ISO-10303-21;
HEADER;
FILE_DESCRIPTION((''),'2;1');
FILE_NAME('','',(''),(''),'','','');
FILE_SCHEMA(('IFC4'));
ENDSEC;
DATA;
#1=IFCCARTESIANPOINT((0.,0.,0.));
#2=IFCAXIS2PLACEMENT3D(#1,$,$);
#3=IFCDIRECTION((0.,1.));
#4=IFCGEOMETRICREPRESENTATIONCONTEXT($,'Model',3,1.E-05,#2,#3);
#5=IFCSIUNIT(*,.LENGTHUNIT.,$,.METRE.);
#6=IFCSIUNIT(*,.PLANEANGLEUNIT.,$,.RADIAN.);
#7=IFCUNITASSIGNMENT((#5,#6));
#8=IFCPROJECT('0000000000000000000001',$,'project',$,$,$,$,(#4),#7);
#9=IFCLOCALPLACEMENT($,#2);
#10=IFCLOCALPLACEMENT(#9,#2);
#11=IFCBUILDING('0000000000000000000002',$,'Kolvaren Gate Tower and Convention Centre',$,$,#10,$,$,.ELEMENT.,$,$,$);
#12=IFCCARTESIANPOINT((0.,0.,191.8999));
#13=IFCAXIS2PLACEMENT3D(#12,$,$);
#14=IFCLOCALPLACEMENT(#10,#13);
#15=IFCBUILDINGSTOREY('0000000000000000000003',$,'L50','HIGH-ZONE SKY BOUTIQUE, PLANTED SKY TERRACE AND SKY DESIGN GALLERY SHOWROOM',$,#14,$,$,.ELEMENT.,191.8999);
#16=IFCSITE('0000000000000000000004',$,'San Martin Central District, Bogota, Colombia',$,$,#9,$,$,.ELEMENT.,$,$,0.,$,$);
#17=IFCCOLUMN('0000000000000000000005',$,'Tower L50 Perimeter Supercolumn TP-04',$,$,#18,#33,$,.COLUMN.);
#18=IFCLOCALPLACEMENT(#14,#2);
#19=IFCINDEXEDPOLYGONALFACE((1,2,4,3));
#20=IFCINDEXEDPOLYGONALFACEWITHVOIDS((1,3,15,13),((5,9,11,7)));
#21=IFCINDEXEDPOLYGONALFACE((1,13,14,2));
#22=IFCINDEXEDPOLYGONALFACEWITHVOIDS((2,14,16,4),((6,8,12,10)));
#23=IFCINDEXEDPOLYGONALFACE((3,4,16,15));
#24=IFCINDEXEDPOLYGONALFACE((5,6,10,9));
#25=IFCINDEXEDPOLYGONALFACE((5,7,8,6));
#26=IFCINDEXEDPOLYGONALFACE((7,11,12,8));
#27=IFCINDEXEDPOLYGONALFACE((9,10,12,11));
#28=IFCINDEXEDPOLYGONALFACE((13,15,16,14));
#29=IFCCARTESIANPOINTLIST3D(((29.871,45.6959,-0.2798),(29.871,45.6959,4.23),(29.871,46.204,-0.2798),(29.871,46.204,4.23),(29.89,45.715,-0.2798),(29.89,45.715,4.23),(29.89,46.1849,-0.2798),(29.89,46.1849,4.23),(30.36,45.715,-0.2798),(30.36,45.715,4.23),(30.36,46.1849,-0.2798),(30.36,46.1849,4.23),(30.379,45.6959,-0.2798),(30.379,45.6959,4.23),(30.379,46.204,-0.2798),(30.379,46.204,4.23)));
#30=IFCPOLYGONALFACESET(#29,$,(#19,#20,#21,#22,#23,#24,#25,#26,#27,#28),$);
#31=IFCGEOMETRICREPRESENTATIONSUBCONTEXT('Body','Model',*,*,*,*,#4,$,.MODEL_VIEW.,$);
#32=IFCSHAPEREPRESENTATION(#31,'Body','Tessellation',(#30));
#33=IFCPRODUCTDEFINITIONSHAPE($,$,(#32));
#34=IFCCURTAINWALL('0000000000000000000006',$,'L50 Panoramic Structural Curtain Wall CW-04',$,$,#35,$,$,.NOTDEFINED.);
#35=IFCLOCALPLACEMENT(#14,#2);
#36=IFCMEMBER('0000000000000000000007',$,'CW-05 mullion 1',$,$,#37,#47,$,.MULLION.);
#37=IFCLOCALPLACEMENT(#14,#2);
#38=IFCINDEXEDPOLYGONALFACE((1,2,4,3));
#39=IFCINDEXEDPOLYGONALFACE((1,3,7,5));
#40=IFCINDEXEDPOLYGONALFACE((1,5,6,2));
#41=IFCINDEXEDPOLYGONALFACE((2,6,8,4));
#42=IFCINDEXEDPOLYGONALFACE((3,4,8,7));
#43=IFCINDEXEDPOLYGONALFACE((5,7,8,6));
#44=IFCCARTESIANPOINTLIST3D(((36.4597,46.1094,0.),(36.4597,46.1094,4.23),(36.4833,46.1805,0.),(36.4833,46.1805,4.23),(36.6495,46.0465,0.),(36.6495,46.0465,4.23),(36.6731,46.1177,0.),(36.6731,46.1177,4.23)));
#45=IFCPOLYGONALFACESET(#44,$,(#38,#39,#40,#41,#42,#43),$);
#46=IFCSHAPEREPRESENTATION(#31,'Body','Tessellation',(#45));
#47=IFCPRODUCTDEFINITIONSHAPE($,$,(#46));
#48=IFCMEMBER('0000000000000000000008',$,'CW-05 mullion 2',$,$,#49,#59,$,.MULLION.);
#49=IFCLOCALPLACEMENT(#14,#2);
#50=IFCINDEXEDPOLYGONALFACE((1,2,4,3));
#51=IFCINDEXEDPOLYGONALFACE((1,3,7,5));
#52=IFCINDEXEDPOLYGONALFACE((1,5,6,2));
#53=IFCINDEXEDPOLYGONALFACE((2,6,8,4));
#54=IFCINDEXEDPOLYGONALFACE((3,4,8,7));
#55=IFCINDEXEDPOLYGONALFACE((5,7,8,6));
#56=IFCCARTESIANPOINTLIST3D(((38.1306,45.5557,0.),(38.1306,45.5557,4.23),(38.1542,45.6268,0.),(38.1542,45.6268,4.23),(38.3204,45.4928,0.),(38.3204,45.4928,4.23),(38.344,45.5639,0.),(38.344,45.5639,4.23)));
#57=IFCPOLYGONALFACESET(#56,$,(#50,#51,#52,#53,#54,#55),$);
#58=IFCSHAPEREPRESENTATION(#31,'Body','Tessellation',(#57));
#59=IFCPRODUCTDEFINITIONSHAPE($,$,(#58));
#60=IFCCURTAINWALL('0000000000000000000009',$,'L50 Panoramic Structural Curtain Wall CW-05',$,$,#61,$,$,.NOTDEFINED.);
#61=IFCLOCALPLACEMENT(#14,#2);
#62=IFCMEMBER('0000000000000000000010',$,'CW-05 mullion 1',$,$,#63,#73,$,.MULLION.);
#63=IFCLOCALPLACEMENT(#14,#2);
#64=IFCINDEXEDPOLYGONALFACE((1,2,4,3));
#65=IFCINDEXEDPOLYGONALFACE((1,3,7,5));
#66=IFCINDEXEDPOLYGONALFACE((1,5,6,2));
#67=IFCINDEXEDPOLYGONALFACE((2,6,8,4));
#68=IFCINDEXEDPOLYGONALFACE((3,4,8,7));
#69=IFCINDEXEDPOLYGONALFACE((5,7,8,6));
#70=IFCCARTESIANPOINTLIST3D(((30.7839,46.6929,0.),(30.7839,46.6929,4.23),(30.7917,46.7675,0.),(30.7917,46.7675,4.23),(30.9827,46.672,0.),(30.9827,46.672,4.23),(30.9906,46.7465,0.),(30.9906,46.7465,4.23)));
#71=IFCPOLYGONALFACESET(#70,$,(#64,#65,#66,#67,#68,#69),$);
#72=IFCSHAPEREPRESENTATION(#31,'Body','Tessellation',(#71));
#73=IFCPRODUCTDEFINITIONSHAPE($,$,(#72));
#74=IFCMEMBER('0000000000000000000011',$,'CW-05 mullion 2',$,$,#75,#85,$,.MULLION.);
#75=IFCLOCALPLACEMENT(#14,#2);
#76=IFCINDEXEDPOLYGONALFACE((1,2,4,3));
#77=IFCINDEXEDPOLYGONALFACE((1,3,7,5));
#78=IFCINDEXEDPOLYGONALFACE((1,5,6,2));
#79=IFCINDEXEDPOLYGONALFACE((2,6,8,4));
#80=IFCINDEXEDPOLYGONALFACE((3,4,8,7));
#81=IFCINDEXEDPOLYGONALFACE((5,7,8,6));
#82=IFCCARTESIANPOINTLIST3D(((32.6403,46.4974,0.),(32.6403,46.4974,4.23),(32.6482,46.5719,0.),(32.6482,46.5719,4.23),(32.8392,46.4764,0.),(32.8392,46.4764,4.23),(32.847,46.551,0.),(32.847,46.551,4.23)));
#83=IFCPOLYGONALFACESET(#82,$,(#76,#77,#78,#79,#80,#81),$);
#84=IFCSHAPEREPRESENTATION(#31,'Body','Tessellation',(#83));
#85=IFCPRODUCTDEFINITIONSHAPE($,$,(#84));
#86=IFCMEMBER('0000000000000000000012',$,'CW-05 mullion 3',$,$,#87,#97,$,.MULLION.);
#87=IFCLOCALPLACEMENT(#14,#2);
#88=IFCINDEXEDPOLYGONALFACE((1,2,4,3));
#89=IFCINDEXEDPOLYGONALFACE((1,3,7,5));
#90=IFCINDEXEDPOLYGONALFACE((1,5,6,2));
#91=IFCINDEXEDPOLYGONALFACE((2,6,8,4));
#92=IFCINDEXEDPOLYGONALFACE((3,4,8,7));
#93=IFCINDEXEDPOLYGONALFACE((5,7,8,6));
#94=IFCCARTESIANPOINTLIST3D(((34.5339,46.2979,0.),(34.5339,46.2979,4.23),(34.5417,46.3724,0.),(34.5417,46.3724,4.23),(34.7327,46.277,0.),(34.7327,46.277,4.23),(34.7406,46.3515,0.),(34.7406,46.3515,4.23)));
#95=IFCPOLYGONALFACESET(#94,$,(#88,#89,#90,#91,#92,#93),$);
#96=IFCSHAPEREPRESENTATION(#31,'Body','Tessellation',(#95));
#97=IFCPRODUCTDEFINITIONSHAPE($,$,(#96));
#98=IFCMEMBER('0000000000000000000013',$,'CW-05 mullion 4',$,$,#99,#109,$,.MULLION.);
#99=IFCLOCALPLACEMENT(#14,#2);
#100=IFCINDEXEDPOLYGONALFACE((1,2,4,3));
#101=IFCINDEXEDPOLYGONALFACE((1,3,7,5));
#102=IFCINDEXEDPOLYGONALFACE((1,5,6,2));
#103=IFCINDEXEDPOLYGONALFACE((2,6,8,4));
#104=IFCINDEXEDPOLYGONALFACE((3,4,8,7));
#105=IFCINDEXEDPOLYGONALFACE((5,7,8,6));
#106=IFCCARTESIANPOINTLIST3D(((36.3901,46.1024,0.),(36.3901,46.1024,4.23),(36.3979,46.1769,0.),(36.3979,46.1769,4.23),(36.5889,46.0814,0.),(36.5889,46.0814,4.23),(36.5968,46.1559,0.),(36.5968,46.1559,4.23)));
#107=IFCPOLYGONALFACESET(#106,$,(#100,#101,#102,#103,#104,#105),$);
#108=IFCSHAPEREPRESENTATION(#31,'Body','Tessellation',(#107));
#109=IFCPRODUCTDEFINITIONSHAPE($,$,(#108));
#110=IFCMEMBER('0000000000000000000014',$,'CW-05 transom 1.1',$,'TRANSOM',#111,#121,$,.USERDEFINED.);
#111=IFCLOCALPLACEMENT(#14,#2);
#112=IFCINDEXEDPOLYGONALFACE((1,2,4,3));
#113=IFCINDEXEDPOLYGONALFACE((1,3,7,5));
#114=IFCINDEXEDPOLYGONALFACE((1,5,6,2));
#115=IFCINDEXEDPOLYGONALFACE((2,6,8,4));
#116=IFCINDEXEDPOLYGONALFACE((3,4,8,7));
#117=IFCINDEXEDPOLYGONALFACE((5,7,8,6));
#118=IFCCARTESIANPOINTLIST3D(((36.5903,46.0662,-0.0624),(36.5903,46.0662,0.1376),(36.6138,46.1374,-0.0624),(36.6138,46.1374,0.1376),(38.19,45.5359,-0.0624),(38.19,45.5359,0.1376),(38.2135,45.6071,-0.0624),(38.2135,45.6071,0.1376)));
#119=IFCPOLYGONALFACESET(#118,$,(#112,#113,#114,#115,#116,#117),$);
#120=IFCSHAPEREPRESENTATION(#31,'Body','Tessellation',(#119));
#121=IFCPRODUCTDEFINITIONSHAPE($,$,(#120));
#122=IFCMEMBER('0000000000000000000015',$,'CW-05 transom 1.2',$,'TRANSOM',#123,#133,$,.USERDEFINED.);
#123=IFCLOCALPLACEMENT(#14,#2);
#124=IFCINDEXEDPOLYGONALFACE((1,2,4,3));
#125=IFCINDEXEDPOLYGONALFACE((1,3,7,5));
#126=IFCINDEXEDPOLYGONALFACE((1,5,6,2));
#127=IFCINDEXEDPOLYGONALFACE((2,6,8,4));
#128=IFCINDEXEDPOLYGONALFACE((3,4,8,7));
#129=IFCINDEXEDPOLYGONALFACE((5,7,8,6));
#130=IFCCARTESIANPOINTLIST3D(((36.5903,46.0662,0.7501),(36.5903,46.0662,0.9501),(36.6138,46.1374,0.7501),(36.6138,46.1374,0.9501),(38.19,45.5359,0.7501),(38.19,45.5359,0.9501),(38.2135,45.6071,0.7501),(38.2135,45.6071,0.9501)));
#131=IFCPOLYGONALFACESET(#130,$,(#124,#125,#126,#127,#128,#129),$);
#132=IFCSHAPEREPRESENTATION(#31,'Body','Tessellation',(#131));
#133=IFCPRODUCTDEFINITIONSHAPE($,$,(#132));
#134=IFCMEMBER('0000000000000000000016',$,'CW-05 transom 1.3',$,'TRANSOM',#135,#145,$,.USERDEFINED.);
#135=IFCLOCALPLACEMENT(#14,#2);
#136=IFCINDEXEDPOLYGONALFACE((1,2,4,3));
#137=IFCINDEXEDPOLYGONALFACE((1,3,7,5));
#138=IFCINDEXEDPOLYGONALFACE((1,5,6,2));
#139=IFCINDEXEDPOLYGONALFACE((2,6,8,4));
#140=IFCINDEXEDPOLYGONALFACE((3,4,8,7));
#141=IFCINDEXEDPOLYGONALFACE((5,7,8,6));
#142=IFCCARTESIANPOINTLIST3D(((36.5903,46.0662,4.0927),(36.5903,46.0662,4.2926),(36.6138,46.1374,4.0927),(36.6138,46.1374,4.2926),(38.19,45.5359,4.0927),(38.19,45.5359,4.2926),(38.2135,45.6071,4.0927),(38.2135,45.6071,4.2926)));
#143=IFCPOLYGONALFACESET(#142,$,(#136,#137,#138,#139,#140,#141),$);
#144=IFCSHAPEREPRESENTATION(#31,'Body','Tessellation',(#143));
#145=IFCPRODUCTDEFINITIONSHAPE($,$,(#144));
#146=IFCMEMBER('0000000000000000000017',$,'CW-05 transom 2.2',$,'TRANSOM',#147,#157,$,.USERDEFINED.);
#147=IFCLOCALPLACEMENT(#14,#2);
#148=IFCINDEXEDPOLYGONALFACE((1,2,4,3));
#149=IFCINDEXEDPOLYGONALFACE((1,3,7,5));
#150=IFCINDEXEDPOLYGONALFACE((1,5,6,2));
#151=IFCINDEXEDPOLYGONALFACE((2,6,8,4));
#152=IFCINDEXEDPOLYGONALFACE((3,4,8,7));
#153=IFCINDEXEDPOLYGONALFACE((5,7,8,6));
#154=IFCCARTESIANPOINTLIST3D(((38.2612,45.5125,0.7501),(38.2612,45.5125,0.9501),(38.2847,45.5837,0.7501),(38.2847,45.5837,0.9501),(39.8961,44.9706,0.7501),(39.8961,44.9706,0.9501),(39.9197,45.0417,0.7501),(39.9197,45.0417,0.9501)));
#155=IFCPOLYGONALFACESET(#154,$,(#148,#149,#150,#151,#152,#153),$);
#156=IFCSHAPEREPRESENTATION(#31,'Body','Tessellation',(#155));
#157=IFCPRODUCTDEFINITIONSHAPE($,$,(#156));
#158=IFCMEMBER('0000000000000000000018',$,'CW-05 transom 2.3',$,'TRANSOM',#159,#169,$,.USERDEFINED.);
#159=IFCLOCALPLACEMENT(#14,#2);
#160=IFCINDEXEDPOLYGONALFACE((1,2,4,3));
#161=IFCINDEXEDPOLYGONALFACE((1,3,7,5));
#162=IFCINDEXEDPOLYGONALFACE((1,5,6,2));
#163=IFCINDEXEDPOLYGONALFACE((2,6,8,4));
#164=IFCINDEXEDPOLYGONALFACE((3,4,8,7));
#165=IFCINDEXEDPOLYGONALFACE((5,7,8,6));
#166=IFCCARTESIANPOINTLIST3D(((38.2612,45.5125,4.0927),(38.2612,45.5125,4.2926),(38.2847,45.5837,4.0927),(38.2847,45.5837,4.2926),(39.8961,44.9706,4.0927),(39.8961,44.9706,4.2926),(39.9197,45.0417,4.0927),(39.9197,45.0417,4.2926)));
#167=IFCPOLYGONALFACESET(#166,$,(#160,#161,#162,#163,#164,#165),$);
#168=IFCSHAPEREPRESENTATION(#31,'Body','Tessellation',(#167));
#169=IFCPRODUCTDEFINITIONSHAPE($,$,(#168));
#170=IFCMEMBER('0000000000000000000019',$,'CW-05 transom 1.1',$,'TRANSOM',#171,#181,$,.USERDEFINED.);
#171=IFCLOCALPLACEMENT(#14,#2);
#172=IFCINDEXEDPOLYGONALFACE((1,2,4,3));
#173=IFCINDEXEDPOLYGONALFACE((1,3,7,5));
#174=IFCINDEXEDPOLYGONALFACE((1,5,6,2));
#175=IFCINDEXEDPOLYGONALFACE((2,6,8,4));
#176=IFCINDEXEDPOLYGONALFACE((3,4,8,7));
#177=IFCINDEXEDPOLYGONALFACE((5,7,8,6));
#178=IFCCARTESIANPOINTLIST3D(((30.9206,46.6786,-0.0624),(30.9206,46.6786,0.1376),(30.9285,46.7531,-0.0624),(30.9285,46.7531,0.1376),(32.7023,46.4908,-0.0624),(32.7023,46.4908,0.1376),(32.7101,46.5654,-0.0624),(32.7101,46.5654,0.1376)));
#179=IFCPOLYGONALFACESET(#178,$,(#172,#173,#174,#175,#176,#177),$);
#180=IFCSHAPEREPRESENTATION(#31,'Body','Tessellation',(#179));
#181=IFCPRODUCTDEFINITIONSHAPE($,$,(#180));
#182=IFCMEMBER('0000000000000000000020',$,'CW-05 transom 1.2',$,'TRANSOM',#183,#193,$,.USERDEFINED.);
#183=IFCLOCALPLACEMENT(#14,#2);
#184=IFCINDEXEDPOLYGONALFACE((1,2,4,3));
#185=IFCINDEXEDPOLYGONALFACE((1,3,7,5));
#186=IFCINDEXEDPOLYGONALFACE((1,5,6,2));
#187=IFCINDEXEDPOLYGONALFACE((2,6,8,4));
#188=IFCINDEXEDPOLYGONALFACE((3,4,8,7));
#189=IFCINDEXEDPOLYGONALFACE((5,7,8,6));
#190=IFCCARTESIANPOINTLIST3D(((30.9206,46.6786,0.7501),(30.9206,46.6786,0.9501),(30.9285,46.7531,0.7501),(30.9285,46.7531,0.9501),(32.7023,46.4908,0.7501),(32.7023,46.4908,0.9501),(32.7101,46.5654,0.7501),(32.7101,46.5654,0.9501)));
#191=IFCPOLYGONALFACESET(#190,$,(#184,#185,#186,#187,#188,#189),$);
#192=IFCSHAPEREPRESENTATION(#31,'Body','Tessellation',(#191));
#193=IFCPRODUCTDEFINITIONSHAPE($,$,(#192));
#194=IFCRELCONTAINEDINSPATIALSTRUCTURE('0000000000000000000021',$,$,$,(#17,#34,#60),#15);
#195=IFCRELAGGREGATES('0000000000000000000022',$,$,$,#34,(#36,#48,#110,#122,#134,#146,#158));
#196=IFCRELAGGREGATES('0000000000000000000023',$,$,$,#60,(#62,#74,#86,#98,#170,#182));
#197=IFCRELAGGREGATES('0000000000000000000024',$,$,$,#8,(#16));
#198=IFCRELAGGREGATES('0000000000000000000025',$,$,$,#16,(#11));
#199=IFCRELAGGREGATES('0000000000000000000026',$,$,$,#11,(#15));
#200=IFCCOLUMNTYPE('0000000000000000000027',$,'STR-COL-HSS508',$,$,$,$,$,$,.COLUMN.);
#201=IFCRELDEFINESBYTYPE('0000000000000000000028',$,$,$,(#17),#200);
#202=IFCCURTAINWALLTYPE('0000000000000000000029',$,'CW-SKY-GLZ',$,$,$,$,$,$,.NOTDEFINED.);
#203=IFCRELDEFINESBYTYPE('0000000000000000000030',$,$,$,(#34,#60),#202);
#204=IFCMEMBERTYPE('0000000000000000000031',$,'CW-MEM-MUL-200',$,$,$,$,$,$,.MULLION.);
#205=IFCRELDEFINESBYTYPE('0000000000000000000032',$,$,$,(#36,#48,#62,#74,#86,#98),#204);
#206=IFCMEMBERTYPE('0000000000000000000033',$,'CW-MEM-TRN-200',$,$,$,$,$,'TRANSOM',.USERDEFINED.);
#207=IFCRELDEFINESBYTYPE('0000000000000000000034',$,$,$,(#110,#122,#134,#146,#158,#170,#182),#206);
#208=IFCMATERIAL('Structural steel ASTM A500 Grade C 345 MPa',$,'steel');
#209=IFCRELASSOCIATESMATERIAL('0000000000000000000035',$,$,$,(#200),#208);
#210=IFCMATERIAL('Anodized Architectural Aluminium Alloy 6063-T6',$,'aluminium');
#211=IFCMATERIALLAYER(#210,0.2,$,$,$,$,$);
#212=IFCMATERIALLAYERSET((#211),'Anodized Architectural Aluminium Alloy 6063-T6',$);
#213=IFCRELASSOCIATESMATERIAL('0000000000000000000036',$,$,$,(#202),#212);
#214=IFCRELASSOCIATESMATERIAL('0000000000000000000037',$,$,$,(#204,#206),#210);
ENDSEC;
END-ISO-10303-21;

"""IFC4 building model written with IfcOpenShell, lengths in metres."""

from ifc_helpers import new_model, si_unit, direction, frame, origin, origin_2d, place, context, subcontext, project, spatial, rectangle, hollow_rectangle, extrude, material, layer, layer_set, material_profile, profile_set, type_object, element, aggregate, save


model = new_model("IFC4")

# Units and contexts
model_context = context("Model", 3, precision=1e-05, world=origin(), true_north=direction((0.0, 1.0)))
body_context = subcontext(model_context, "Body", "Model", "MODEL_VIEW")
ifc_project = project(units=[si_unit("LENGTHUNIT", "METRE"), si_unit("PLANEANGLEUNIT", "RADIAN")], contexts=[model_context])

# Site, building, storey
site_placement = place(None, origin())
site = spatial("IfcSite", under=ifc_project, at=site_placement, Name="San Martin Central District, Bogota, Colombia", CompositionType="ELEMENT", RefElevation=0.0)
building_placement = place(site_placement, origin())
building = spatial("IfcBuilding", under=site, at=building_placement, Name="Kolvaren Gate Tower and Convention Centre", CompositionType="ELEMENT")
storey_placement = place(building_placement, frame((0.0, 0.0, 191.8999)))
storey = spatial("IfcBuildingStorey", under=building, at=storey_placement, Name="L50", Description="HIGH-ZONE SKY BOUTIQUE, PLANTED SKY TERRACE AND SKY DESIGN GALLERY SHOWROOM", CompositionType="ELEMENT", Elevation=191.8999)

# Column
ifc_material_1 = material(Name="Structural steel ASTM A500 Grade C 345 MPa", Category="steel")
ifc_material_profile_1 = material_profile(ifc_material_1, hollow_rectangle(XDim=0.5081, YDim=0.5081, WallThickness=0.019, at=origin_2d()), Name="HSS508X508X19.1")
ifc_profile_set_1 = profile_set([ifc_material_profile_1], Name="Structural steel ASTM A500 Grade C 345 MPa")
column_type = type_object("IfcColumnType", Name="STR-COL-HSS508", PredefinedType="COLUMN", material=ifc_profile_set_1)
column_placement = place(storey_placement, frame((30.125, 45.95, -0.2798), z_axis=(0.0, 0.0, 1.0), x_axis=(1.0, 0.0, 0.0)))
element("IfcColumn", 1, at=column_placement, inside=storey, type_object=column_type, Name="Tower L50 Perimeter Supercolumn TP-04", PredefinedType="COLUMN", context=body_context, shape_type="SweptSolid", body=[
    extrude(hollow_rectangle(XDim=0.5081, YDim=0.5081, WallThickness=0.019, at=origin_2d()), origin(), (0.0, 0.0, 1.0), 4.5098),
])

# Curtain walls, members
ifc_material_2 = material(Name="Anodized Architectural Aluminium Alloy 6063-T6", Category="aluminium")
ifc_layer_1 = layer(ifc_material_2, 0.2)
ifc_layer_set_1 = layer_set([ifc_layer_1], Name="Anodized Architectural Aluminium Alloy 6063-T6")
curtain_wall_type = type_object("IfcCurtainWallType", Name="CW-SKY-GLZ", PredefinedType="NOTDEFINED", material=ifc_layer_set_1)
curtain_wall_1_placement = place(storey_placement, origin())
curtain_wall_1 = element("IfcCurtainWall", 2, at=curtain_wall_1_placement, inside=storey, type_object=curtain_wall_type, Name="L50 Panoramic Structural Curtain Wall CW-04", PredefinedType="NOTDEFINED")
ifc_material_profile_2 = material_profile(ifc_material_2, rectangle(XDim=0.075, YDim=0.2, at=origin_2d()), Name="CW-MEM-MUL-200")
ifc_profile_set_2 = profile_set([ifc_material_profile_2], Name="Anodized Architectural Aluminium Alloy 6063-T6")
member_type_1 = type_object("IfcMemberType", Name="CW-MEM-MUL-200", PredefinedType="MULLION", material=ifc_profile_set_2)
member_1_placement = place(storey_placement, frame((36.5664, 46.1135, 0.0), z_axis=(0.0, 0.0, 1.0), x_axis=(0.314553, 0.94924, 0.0)))
member_1 = element("IfcMember", 3, at=member_1_placement, type_object=member_type_1, Name="CW-05 mullion 1", PredefinedType="MULLION", context=body_context, shape_type="SweptSolid", body=[
    extrude(rectangle(XDim=0.075, YDim=0.2, at=origin_2d()), origin(), (0.0, 0.0, 1.0), 4.23),
])
member_2_placement = place(storey_placement, frame((38.2373, 45.5598, 0.0), z_axis=(0.0, 0.0, 1.0), x_axis=(0.314553, 0.94924, 0.0)))
member_2 = element("IfcMember", 4, at=member_2_placement, type_object=member_type_1, Name="CW-05 mullion 2", PredefinedType="MULLION", context=body_context, shape_type="SweptSolid", body=[
    extrude(rectangle(XDim=0.075, YDim=0.2, at=origin_2d()), origin(), (0.0, 0.0, 1.0), 4.23),
])
curtain_wall_2_placement = place(storey_placement, origin())
curtain_wall_2 = element("IfcCurtainWall", 5, at=curtain_wall_2_placement, inside=storey, type_object=curtain_wall_type, Name="L50 Panoramic Structural Curtain Wall CW-05", PredefinedType="NOTDEFINED")
member_3_placement = place(storey_placement, frame((30.8872, 46.7197, 0.0), z_axis=(0.0, 0.0, 1.0), x_axis=(0.10474, 0.9945, 0.0)))
member_3 = element("IfcMember", 6, at=member_3_placement, type_object=member_type_1, Name="CW-05 mullion 1", PredefinedType="MULLION", context=body_context, shape_type="SweptSolid", body=[
    extrude(rectangle(XDim=0.075, YDim=0.2, at=origin_2d()), origin(), (0.0, 0.0, 1.0), 4.23),
])
member_4_placement = place(storey_placement, frame((32.7437, 46.5242, 0.0), z_axis=(0.0, 0.0, 1.0), x_axis=(0.10474, 0.9945, 0.0)))
member_4 = element("IfcMember", 7, at=member_4_placement, type_object=member_type_1, Name="CW-05 mullion 2", PredefinedType="MULLION", context=body_context, shape_type="SweptSolid", body=[
    extrude(rectangle(XDim=0.075, YDim=0.2, at=origin_2d()), origin(), (0.0, 0.0, 1.0), 4.23),
])
member_5_placement = place(storey_placement, frame((34.6372, 46.3247, 0.0), z_axis=(0.0, 0.0, 1.0), x_axis=(0.10474, 0.9945, 0.0)))
member_5 = element("IfcMember", 8, at=member_5_placement, type_object=member_type_1, Name="CW-05 mullion 3", PredefinedType="MULLION", context=body_context, shape_type="SweptSolid", body=[
    extrude(rectangle(XDim=0.075, YDim=0.2, at=origin_2d()), origin(), (0.0, 0.0, 1.0), 4.23),
])
member_6_placement = place(storey_placement, frame((36.4934, 46.1292, 0.0), z_axis=(0.0, 0.0, 1.0), x_axis=(0.10474, 0.9945, 0.0)))
member_6 = element("IfcMember", 9, at=member_6_placement, type_object=member_type_1, Name="CW-05 mullion 4", PredefinedType="MULLION", context=body_context, shape_type="SweptSolid", body=[
    extrude(rectangle(XDim=0.075, YDim=0.2, at=origin_2d()), origin(), (0.0, 0.0, 1.0), 4.23),
])

# Members
ifc_material_profile_3 = material_profile(ifc_material_2, rectangle(XDim=0.075, YDim=0.2, at=origin_2d()), Name="CW-MEM-TRN-200")
ifc_profile_set_3 = profile_set([ifc_material_profile_3], Name="Anodized Architectural Aluminium Alloy 6063-T6")
member_type_2 = type_object("IfcMemberType", Name="CW-MEM-TRN-200", ElementType="TRANSOM", PredefinedType="USERDEFINED", material=ifc_profile_set_3)
member_7_placement = place(storey_placement, frame((36.6021, 46.1018, 0.0376), z_axis=(0.949204, -0.314663, 0.0), x_axis=(0.314663, 0.949204, 0.0)))
member_7 = element("IfcMember", 10, at=member_7_placement, type_object=member_type_2, Name="CW-05 transom 1.1", ObjectType="TRANSOM", PredefinedType="USERDEFINED", context=body_context, shape_type="SweptSolid", body=[
    extrude(rectangle(XDim=0.075, YDim=0.2, at=origin_2d()), origin(), (0.0, 0.0, 1.0), 1.6853),
])
member_8_placement = place(storey_placement, frame((36.6021, 46.1018, 0.8501), z_axis=(0.949204, -0.314663, 0.0), x_axis=(0.314663, 0.949204, 0.0)))
member_8 = element("IfcMember", 11, at=member_8_placement, type_object=member_type_2, Name="CW-05 transom 1.2", ObjectType="TRANSOM", PredefinedType="USERDEFINED", context=body_context, shape_type="SweptSolid", body=[
    extrude(rectangle(XDim=0.075, YDim=0.2, at=origin_2d()), origin(), (0.0, 0.0, 1.0), 1.6853),
])
member_9_placement = place(storey_placement, frame((36.6021, 46.1018, 4.1926), z_axis=(0.949204, -0.314663, 0.0), x_axis=(0.314663, 0.949204, 0.0)))
member_9 = element("IfcMember", 12, at=member_9_placement, type_object=member_type_2, Name="CW-05 transom 1.3", ObjectType="TRANSOM", PredefinedType="USERDEFINED", context=body_context, shape_type="SweptSolid", body=[
    extrude(rectangle(XDim=0.075, YDim=0.2, at=origin_2d()), origin(), (0.0, 0.0, 1.0), 1.6853),
])
member_10_placement = place(storey_placement, frame((38.2729, 45.5481, 0.8501), z_axis=(0.949206, -0.314654, 0.0), x_axis=(0.314654, 0.949206, 0.0)))
member_10 = element("IfcMember", 13, at=member_10_placement, type_object=member_type_2, Name="CW-05 transom 2.2", ObjectType="TRANSOM", PredefinedType="USERDEFINED", context=body_context, shape_type="SweptSolid", body=[
    extrude(rectangle(XDim=0.075, YDim=0.2, at=origin_2d()), origin(), (0.0, 0.0, 1.0), 1.7224),
])
member_11_placement = place(storey_placement, frame((38.2729, 45.5481, 4.1926), z_axis=(0.949206, -0.314654, 0.0), x_axis=(0.314654, 0.949206, 0.0)))
member_11 = element("IfcMember", 14, at=member_11_placement, type_object=member_type_2, Name="CW-05 transom 2.3", ObjectType="TRANSOM", PredefinedType="USERDEFINED", context=body_context, shape_type="SweptSolid", body=[
    extrude(rectangle(XDim=0.075, YDim=0.2, at=origin_2d()), origin(), (0.0, 0.0, 1.0), 1.7224),
])
member_12_placement = place(storey_placement, frame((30.9246, 46.7158, 0.0376), z_axis=(0.994494, -0.104791, 0.0), x_axis=(0.104791, 0.994494, 0.0)))
member_12 = element("IfcMember", 15, at=member_12_placement, type_object=member_type_2, Name="CW-05 transom 1.1", ObjectType="TRANSOM", PredefinedType="USERDEFINED", context=body_context, shape_type="SweptSolid", body=[
    extrude(rectangle(XDim=0.075, YDim=0.2, at=origin_2d()), origin(), (0.0, 0.0, 1.0), 1.7915),
])
member_13_placement = place(storey_placement, frame((30.9246, 46.7158, 0.8501), z_axis=(0.994494, -0.104791, 0.0), x_axis=(0.104791, 0.994494, 0.0)))
member_13 = element("IfcMember", 16, at=member_13_placement, type_object=member_type_2, Name="CW-05 transom 1.2", ObjectType="TRANSOM", PredefinedType="USERDEFINED", context=body_context, shape_type="SweptSolid", body=[
    extrude(rectangle(XDim=0.075, YDim=0.2, at=origin_2d()), origin(), (0.0, 0.0, 1.0), 1.7915),
])

aggregate(curtain_wall_1, [member_1, member_2, member_7, member_8, member_9, member_10, member_11])
aggregate(curtain_wall_2, [member_3, member_4, member_5, member_6, member_12, member_13])

save(model, "model.ifc")
